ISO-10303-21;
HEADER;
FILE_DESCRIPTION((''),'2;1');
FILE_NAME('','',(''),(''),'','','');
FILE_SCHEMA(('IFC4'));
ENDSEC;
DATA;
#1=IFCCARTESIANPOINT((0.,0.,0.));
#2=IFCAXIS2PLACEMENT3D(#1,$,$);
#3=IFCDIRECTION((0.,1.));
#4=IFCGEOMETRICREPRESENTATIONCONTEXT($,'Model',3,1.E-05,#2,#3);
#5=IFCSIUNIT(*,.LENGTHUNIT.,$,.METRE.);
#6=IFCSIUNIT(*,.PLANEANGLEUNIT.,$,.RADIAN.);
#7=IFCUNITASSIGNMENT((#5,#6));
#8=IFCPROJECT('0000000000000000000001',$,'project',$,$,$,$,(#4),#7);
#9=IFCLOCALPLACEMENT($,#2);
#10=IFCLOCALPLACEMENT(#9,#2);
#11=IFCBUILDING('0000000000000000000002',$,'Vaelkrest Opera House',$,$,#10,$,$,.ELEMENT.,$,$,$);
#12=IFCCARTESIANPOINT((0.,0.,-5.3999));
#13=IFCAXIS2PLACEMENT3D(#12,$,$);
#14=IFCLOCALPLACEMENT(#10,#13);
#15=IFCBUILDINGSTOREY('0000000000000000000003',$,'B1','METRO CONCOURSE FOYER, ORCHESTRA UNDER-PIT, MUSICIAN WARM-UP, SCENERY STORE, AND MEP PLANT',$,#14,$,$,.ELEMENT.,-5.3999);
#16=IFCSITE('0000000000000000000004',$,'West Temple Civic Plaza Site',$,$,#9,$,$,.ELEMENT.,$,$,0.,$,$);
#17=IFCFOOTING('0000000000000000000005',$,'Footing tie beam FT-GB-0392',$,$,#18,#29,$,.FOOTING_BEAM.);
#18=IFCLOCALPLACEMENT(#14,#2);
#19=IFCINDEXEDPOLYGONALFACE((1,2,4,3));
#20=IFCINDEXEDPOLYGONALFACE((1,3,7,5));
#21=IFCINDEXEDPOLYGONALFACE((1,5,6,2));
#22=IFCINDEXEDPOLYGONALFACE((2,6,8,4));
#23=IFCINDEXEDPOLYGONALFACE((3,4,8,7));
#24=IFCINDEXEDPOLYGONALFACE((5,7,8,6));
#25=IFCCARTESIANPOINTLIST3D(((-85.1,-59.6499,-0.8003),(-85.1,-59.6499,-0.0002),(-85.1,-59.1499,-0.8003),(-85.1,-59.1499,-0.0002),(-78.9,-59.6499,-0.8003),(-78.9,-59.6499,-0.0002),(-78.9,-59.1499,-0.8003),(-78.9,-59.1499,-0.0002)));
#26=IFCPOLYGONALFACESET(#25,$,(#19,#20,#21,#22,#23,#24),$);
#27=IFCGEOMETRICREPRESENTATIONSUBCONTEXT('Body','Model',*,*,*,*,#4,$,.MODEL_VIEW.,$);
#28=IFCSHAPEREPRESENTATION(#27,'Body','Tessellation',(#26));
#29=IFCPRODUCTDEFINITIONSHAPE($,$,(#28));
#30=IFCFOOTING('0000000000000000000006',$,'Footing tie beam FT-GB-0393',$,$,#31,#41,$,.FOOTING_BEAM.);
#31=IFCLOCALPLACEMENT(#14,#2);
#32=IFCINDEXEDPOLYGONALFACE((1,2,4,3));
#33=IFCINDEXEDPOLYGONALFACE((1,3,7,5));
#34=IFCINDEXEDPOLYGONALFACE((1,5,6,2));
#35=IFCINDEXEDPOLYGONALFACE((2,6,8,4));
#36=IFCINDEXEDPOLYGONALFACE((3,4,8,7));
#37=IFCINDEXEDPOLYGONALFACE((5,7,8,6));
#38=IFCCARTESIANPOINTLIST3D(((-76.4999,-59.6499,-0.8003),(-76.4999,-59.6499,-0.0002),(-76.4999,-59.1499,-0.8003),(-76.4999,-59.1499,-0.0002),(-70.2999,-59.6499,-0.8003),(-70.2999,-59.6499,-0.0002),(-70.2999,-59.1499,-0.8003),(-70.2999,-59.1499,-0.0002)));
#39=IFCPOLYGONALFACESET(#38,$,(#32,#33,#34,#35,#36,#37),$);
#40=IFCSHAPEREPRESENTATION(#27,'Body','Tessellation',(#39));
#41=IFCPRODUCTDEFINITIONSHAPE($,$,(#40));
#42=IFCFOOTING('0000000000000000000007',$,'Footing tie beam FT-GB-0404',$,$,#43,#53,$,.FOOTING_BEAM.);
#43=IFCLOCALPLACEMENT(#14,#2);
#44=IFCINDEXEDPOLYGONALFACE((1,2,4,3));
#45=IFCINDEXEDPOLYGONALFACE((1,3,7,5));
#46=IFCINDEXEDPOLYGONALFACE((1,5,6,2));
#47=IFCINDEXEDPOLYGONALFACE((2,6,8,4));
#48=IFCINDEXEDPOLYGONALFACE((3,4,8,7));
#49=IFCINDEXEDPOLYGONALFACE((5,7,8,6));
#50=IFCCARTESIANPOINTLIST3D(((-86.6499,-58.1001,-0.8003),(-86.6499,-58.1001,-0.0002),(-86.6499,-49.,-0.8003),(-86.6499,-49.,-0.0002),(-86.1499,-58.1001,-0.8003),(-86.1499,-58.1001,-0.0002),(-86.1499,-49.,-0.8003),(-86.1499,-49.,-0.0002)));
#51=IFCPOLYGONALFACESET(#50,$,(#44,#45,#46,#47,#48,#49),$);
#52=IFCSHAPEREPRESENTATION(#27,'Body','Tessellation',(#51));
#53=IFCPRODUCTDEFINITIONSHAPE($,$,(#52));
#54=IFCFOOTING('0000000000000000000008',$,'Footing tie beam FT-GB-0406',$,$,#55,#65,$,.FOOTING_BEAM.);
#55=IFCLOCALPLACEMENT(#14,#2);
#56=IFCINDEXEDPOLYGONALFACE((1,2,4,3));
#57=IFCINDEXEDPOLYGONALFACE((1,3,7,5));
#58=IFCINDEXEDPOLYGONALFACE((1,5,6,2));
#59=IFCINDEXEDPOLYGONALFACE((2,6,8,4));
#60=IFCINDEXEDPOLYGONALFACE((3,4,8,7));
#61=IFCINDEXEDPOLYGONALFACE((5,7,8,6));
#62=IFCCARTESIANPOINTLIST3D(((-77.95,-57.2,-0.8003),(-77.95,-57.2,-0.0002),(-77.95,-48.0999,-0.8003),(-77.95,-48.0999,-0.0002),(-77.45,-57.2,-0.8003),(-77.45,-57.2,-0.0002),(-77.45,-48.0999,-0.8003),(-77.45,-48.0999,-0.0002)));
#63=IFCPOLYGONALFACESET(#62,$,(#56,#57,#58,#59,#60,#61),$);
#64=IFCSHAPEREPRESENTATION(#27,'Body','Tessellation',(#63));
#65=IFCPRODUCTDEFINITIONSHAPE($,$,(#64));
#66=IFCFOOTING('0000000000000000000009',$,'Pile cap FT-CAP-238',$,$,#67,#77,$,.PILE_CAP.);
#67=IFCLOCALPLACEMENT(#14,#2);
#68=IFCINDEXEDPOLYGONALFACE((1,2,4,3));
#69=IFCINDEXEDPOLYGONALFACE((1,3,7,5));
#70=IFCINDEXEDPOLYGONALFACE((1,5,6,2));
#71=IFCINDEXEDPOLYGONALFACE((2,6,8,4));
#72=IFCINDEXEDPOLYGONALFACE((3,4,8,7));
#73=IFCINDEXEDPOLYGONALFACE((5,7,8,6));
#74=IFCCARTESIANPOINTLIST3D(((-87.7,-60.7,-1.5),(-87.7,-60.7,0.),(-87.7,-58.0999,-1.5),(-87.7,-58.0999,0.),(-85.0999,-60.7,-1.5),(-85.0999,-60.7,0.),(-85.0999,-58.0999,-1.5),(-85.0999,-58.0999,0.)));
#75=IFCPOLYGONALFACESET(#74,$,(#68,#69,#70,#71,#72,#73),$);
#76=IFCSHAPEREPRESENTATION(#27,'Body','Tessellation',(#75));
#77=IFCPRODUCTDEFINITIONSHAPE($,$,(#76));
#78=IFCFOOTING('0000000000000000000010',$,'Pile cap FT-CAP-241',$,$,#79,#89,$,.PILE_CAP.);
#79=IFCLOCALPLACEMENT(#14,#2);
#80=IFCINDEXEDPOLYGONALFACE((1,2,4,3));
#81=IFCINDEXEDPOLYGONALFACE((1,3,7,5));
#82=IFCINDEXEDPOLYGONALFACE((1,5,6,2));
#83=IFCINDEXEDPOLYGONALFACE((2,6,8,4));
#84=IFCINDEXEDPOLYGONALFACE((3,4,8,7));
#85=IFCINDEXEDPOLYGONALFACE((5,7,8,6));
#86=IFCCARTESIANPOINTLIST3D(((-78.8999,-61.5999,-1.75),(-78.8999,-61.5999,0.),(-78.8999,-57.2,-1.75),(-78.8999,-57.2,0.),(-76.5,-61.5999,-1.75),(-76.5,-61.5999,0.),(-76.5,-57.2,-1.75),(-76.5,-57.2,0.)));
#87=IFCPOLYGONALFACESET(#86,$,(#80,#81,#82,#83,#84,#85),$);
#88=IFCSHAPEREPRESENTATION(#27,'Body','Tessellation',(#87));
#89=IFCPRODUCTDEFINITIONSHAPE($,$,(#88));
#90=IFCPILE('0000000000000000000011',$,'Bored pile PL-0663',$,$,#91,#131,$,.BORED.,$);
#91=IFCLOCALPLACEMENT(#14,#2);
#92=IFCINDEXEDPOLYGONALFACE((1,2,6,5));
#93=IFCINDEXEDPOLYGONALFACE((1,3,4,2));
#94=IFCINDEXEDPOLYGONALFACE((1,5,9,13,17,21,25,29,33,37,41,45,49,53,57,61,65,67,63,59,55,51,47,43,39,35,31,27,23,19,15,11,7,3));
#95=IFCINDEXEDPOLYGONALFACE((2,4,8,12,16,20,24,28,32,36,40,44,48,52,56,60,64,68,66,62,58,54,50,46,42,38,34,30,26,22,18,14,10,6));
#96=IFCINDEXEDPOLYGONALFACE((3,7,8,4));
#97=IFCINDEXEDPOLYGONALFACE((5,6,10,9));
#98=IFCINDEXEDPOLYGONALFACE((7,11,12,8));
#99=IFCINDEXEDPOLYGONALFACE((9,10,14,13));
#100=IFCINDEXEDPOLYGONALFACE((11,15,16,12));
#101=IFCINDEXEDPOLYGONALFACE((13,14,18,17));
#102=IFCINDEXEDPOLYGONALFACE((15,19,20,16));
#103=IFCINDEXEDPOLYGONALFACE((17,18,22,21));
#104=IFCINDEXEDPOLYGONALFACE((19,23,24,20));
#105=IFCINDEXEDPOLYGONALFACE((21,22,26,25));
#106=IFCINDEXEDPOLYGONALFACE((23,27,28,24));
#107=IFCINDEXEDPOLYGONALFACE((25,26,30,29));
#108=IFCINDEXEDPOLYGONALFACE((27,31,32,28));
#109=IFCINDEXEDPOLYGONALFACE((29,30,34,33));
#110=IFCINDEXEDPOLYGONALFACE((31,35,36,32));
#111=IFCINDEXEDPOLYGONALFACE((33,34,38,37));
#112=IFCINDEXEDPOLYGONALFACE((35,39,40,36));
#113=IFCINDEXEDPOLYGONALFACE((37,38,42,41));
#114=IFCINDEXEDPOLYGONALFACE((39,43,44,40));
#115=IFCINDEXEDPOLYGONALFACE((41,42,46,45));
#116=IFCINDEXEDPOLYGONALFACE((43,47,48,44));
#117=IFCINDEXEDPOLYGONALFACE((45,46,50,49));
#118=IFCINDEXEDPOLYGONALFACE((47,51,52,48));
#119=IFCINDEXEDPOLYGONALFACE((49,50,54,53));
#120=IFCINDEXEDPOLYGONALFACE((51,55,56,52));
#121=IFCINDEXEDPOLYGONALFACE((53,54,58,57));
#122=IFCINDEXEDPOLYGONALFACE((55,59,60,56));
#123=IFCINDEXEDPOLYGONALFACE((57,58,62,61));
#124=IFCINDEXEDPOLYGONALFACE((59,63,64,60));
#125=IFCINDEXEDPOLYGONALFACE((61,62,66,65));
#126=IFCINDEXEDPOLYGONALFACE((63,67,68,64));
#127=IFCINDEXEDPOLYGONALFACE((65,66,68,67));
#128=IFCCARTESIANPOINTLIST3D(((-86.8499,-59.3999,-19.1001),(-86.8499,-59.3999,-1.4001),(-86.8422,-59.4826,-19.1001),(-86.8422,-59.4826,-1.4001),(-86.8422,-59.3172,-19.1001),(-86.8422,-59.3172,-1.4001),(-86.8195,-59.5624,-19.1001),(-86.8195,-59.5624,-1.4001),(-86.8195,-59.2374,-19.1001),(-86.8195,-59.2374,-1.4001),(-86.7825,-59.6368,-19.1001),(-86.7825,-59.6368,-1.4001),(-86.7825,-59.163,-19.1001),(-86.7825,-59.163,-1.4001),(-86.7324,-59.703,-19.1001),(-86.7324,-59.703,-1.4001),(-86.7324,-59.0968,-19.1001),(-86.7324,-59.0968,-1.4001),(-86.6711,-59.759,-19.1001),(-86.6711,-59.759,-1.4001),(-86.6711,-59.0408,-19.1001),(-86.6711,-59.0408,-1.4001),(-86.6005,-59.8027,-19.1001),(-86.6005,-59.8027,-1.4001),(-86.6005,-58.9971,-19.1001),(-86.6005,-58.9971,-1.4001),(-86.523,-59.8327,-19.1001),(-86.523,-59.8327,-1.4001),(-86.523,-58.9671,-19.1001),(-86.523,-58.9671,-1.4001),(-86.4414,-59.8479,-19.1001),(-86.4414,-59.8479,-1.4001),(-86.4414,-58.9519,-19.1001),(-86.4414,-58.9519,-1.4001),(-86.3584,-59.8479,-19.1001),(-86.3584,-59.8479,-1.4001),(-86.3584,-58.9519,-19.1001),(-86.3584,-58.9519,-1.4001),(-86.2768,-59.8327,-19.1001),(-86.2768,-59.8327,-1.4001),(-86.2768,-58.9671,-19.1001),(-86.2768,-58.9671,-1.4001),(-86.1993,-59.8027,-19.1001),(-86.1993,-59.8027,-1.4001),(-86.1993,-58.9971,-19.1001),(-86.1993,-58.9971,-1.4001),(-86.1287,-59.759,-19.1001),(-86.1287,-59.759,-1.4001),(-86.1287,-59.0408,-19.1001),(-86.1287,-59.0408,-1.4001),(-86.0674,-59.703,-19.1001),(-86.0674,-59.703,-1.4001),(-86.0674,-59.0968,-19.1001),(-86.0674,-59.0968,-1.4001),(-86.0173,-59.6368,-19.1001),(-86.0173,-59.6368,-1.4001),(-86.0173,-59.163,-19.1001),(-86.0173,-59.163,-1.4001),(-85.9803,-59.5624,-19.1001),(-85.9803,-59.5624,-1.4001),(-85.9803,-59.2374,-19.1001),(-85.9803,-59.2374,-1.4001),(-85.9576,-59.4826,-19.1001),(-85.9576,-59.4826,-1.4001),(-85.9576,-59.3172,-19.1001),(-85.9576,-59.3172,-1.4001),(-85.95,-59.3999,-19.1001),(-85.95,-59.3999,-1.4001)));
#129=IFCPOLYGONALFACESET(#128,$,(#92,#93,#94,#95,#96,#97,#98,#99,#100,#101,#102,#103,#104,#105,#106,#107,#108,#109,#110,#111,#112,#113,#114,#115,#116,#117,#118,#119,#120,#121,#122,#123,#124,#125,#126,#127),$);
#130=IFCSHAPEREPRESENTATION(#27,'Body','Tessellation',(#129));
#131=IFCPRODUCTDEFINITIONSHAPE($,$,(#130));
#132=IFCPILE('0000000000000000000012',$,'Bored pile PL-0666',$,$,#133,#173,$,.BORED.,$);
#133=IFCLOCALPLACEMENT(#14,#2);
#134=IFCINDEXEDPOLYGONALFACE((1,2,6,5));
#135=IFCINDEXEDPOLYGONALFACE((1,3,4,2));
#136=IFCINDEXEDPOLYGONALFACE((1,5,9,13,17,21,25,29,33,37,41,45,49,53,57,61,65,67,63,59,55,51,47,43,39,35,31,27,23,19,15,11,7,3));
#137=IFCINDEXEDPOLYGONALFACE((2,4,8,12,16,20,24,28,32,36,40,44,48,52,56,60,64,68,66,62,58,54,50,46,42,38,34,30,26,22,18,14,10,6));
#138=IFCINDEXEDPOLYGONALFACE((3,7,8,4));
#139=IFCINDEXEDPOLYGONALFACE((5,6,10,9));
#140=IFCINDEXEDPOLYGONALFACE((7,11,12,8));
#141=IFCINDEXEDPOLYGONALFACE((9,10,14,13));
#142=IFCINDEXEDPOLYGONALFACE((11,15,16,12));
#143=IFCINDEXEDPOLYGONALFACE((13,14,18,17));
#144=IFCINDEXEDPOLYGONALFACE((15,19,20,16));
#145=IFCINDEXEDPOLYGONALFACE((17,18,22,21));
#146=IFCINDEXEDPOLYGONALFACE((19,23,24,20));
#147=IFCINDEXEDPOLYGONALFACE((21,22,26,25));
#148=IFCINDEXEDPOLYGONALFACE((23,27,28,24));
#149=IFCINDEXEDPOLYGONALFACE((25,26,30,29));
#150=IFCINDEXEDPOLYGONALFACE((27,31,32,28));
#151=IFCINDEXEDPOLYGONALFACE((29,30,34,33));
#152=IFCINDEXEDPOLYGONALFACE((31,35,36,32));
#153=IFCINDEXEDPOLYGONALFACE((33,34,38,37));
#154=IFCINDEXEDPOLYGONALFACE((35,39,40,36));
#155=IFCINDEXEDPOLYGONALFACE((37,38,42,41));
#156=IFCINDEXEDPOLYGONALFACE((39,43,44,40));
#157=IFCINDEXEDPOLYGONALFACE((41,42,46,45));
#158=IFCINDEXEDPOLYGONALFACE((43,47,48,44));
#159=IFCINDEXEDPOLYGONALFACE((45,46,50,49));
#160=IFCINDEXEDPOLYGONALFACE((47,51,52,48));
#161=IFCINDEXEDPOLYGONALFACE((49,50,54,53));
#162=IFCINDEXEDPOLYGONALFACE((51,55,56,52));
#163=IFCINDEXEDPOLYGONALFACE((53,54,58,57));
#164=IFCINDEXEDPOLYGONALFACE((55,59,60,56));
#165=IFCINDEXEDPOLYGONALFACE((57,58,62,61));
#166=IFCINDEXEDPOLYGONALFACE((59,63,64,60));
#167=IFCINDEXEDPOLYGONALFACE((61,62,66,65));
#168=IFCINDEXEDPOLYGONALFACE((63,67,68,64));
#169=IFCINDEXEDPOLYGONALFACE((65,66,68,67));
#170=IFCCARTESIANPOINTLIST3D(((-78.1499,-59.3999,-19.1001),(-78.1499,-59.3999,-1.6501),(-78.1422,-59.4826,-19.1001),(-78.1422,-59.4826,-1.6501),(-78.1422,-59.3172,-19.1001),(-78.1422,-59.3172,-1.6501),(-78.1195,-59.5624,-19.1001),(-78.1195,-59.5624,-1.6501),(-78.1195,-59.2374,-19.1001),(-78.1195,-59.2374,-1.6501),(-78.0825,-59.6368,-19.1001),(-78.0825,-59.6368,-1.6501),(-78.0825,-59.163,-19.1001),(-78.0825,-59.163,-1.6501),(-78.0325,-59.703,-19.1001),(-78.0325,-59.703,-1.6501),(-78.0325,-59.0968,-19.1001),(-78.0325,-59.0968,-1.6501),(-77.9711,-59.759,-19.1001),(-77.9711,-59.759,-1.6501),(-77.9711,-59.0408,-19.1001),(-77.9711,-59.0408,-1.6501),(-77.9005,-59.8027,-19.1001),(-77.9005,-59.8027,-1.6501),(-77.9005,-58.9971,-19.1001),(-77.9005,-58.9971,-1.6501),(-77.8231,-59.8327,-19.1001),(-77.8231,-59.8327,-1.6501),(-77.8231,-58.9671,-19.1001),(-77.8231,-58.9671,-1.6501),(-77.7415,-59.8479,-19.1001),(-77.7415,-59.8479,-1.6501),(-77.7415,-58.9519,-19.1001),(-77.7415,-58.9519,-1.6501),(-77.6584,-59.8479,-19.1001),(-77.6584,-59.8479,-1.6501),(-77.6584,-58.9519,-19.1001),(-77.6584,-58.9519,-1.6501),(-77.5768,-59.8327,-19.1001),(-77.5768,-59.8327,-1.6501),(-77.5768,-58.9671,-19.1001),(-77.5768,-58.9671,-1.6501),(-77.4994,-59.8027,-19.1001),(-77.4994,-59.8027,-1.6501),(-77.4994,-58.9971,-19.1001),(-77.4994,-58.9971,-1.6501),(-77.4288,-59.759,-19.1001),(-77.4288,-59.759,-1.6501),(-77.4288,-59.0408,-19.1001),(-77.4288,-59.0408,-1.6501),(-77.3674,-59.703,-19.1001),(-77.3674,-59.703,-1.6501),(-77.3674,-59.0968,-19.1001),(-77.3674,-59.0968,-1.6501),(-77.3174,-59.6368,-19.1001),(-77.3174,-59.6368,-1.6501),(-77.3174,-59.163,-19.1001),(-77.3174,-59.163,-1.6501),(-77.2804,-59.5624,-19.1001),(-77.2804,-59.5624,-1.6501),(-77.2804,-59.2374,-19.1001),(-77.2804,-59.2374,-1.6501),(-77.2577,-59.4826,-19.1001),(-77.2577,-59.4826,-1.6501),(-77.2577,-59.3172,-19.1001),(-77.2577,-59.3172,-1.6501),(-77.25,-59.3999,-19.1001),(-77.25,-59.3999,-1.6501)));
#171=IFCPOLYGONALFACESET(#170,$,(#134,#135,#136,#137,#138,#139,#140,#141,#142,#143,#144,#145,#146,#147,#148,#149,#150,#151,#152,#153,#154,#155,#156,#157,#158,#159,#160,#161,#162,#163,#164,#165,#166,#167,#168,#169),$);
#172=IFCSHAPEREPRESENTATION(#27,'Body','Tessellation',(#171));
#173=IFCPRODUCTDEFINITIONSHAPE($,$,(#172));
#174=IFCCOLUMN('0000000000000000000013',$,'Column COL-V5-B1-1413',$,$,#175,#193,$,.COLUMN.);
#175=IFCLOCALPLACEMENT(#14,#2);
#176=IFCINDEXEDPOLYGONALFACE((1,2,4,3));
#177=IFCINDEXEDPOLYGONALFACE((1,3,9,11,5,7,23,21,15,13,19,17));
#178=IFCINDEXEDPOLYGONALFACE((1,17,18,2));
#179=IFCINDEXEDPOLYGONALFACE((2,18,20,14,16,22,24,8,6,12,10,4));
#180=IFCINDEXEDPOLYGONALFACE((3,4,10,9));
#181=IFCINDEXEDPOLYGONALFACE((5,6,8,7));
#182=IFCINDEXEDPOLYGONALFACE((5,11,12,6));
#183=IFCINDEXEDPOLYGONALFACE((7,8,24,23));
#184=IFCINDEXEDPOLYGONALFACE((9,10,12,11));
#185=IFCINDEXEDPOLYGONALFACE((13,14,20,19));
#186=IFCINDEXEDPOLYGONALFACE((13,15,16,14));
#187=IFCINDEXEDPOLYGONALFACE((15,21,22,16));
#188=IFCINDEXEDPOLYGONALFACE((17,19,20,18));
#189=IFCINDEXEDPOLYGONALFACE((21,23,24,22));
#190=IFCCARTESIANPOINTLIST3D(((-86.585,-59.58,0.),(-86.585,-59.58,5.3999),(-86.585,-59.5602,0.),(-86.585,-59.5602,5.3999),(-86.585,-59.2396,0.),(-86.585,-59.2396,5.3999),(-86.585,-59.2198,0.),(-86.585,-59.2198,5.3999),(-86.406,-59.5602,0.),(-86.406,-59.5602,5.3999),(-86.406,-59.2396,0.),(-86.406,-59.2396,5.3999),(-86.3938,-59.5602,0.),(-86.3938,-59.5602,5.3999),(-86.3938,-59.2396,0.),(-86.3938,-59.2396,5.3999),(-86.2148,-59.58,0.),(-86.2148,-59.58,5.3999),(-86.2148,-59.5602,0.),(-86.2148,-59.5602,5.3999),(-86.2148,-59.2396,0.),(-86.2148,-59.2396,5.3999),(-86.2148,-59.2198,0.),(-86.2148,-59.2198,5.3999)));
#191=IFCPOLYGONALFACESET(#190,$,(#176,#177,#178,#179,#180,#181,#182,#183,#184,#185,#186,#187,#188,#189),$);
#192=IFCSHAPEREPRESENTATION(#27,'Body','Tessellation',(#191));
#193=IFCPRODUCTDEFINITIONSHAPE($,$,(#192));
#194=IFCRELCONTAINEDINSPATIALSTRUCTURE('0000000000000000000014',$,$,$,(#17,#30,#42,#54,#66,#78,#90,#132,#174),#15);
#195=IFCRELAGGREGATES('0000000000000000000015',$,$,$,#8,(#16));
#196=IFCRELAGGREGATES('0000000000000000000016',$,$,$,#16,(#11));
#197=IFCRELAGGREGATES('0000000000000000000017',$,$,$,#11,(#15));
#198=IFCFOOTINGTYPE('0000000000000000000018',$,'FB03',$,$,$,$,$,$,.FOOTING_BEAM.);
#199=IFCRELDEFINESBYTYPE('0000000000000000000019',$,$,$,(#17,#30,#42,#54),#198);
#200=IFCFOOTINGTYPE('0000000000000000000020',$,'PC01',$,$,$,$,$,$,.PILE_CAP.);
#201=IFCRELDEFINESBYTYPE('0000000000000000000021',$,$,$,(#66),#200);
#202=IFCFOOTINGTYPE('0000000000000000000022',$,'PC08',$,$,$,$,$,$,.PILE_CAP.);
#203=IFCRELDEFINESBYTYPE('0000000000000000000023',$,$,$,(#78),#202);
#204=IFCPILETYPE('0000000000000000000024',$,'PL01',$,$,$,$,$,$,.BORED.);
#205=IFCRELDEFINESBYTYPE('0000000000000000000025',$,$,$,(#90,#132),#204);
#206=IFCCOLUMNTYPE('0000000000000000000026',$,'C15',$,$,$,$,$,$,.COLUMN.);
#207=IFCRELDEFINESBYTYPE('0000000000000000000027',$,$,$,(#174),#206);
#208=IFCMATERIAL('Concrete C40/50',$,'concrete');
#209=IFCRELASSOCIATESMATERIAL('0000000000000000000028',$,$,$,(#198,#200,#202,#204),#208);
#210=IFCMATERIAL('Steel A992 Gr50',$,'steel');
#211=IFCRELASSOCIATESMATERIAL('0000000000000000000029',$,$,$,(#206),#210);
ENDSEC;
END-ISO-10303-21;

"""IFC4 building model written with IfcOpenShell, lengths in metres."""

from ifc_helpers import new_model, si_unit, direction, frame, origin, origin_2d, place, context, subcontext, project, spatial, rectangle, circle, i_section, extrude, material, material_profile, profile_set, type_object, element, save


model = new_model("IFC4")

# Units and contexts
model_context = context("Model", 3, precision=1e-05, world=origin(), true_north=direction((0.0, 1.0)))
body_context = subcontext(model_context, "Body", "Model", "MODEL_VIEW")
ifc_project = project(units=[si_unit("LENGTHUNIT", "METRE"), si_unit("PLANEANGLEUNIT", "RADIAN")], contexts=[model_context])

# Site, building, storey
site_placement = place(None, origin())
site = spatial("IfcSite", under=ifc_project, at=site_placement, Name="West Temple Civic Plaza Site", CompositionType="ELEMENT", RefElevation=0.0)
building_placement = place(site_placement, origin())
building = spatial("IfcBuilding", under=site, at=building_placement, Name="Vaelkrest Opera House", CompositionType="ELEMENT")
storey_placement = place(building_placement, frame((0.0, 0.0, -5.3999)))
storey = spatial("IfcBuildingStorey", under=building, at=storey_placement, Name="B1", Description="METRO CONCOURSE FOYER, ORCHESTRA UNDER-PIT, MUSICIAN WARM-UP, SCENERY STORE, AND MEP PLANT", CompositionType="ELEMENT", Elevation=-5.3999)

# Footings
ifc_material_1 = material(Name="Concrete C40/50", Category="concrete")
footing_type_1 = type_object("IfcFootingType", Name="FB03", PredefinedType="FOOTING_BEAM", material=ifc_material_1)
for number, where, z_axis, x_axis, name in (
    (1, (-82.0, -59.3999, -0.8003), (0.0, 0.0, 1.0), (1.0, 0.0, 0.0), "Footing tie beam FT-GB-0392"),
    (2, (-73.3999, -59.3999, -0.8003), (0.0, 0.0, 1.0), (1.0, 0.0, 0.0), "Footing tie beam FT-GB-0393"),
):
    element("IfcFooting", number, at=place(storey_placement, frame(where, z_axis=z_axis, x_axis=x_axis)), inside=storey, type_object=footing_type_1, Name=name, PredefinedType="FOOTING_BEAM", context=body_context, shape_type="SweptSolid", body=[
        extrude(rectangle(XDim=6.2, YDim=0.5, at=origin_2d()), origin(), (0.0, 0.0, 1.0), 0.8),
    ])
for number, where, z_axis, x_axis, name in (
    (3, (-86.3999, -53.55, -0.8003), (0.0, 0.0, 1.0), (0.0, 1.0, 0.0), "Footing tie beam FT-GB-0404"),
    (4, (-77.7, -52.6499, -0.8003), (0.0, 0.0, 1.0), (0.0, 1.0, 0.0), "Footing tie beam FT-GB-0406"),
):
    element("IfcFooting", number, at=place(storey_placement, frame(where, z_axis=z_axis, x_axis=x_axis)), inside=storey, type_object=footing_type_1, Name=name, PredefinedType="FOOTING_BEAM", context=body_context, shape_type="SweptSolid", body=[
        extrude(rectangle(XDim=9.1001, YDim=0.5, at=origin_2d()), origin(), (0.0, 0.0, 1.0), 0.8),
    ])
footing_type_2 = type_object("IfcFootingType", Name="PC01", PredefinedType="PILE_CAP", material=ifc_material_1)
footing_1_placement = place(storey_placement, frame((-86.3999, -59.3999, -1.5), z_axis=(0.0, 0.0, 1.0), x_axis=(1.0, 0.0, 0.0)))
element("IfcFooting", 5, at=footing_1_placement, inside=storey, type_object=footing_type_2, Name="Pile cap FT-CAP-238", PredefinedType="PILE_CAP", context=body_context, shape_type="SweptSolid", body=[
    extrude(rectangle(XDim=2.6001, YDim=2.6001, at=origin_2d()), origin(), (0.0, 0.0, 1.0), 1.5),
])
footing_type_3 = type_object("IfcFootingType", Name="PC08", PredefinedType="PILE_CAP", material=ifc_material_1)
footing_2_placement = place(storey_placement, frame((-77.7, -59.3999, -1.75), z_axis=(0.0, 0.0, 1.0), x_axis=(1.0, 0.0, 0.0)))
element("IfcFooting", 6, at=footing_2_placement, inside=storey, type_object=footing_type_3, Name="Pile cap FT-CAP-241", PredefinedType="PILE_CAP", context=body_context, shape_type="SweptSolid", body=[
    extrude(rectangle(XDim=2.3999, YDim=4.3999, at=origin_2d()), origin(), (0.0, 0.0, 1.0), 1.75),
])

# Piles
ifc_material_profile_1 = material_profile(ifc_material_1, circle(Radius=0.45, at=origin_2d()), Name="PILE900")
ifc_profile_set_1 = profile_set([ifc_material_profile_1], Name="Concrete C40/50")
pile_type = type_object("IfcPileType", Name="PL01", PredefinedType="BORED", material=ifc_profile_set_1)
pile_1_placement = place(storey_placement, frame((-86.3999, -59.3999, -1.4001), z_axis=(0.0, 0.0, -1.0), x_axis=(1.0, 0.0, 0.0)))
element("IfcPile", 7, at=pile_1_placement, inside=storey, type_object=pile_type, Name="Bored pile PL-0663", PredefinedType="BORED", context=body_context, shape_type="SweptSolid", body=[
    extrude(circle(Radius=0.45, at=origin_2d()), origin(), (0.0, 0.0, 1.0), 17.7),
])
pile_2_placement = place(storey_placement, frame((-77.7, -59.3999, -1.6501), z_axis=(0.0, 0.0, -1.0), x_axis=(1.0, 0.0, 0.0)))
element("IfcPile", 8, at=pile_2_placement, inside=storey, type_object=pile_type, Name="Bored pile PL-0666", PredefinedType="BORED", context=body_context, shape_type="SweptSolid", body=[
    extrude(circle(Radius=0.45, at=origin_2d()), origin(), (0.0, 0.0, 1.0), 17.45),
])

# Column
ifc_material_2 = material(Name="Steel A992 Gr50", Category="steel")
ifc_material_profile_2 = material_profile(ifc_material_2, i_section(OverallWidth=0.3701, OverallDepth=0.3601, WebThickness=0.0122, FlangeThickness=0.0198, at=origin_2d()), Name="W14X99")
ifc_profile_set_2 = profile_set([ifc_material_profile_2], Name="Steel A992 Gr50")
column_type = type_object("IfcColumnType", Name="C15", PredefinedType="COLUMN", material=ifc_profile_set_2)
for number, where, z_axis, x_axis, name in (
    (9, (-86.3999, -59.3999, 0.0), (0.0, 0.0, 1.0), (1.0, 0.0, 0.0), "Column COL-V5-B1-1413"),
):
    element("IfcColumn", number, at=place(storey_placement, frame(where, z_axis=z_axis, x_axis=x_axis)), inside=storey, type_object=column_type, Name=name, PredefinedType="COLUMN", context=body_context, shape_type="SweptSolid", body=[
        extrude(i_section(OverallWidth=0.3701, OverallDepth=0.3601, WebThickness=0.0122, FlangeThickness=0.0198, at=origin_2d()), origin(), (0.0, 0.0, 1.0), 5.3999),
    ])

save(model, "model.ifc")
